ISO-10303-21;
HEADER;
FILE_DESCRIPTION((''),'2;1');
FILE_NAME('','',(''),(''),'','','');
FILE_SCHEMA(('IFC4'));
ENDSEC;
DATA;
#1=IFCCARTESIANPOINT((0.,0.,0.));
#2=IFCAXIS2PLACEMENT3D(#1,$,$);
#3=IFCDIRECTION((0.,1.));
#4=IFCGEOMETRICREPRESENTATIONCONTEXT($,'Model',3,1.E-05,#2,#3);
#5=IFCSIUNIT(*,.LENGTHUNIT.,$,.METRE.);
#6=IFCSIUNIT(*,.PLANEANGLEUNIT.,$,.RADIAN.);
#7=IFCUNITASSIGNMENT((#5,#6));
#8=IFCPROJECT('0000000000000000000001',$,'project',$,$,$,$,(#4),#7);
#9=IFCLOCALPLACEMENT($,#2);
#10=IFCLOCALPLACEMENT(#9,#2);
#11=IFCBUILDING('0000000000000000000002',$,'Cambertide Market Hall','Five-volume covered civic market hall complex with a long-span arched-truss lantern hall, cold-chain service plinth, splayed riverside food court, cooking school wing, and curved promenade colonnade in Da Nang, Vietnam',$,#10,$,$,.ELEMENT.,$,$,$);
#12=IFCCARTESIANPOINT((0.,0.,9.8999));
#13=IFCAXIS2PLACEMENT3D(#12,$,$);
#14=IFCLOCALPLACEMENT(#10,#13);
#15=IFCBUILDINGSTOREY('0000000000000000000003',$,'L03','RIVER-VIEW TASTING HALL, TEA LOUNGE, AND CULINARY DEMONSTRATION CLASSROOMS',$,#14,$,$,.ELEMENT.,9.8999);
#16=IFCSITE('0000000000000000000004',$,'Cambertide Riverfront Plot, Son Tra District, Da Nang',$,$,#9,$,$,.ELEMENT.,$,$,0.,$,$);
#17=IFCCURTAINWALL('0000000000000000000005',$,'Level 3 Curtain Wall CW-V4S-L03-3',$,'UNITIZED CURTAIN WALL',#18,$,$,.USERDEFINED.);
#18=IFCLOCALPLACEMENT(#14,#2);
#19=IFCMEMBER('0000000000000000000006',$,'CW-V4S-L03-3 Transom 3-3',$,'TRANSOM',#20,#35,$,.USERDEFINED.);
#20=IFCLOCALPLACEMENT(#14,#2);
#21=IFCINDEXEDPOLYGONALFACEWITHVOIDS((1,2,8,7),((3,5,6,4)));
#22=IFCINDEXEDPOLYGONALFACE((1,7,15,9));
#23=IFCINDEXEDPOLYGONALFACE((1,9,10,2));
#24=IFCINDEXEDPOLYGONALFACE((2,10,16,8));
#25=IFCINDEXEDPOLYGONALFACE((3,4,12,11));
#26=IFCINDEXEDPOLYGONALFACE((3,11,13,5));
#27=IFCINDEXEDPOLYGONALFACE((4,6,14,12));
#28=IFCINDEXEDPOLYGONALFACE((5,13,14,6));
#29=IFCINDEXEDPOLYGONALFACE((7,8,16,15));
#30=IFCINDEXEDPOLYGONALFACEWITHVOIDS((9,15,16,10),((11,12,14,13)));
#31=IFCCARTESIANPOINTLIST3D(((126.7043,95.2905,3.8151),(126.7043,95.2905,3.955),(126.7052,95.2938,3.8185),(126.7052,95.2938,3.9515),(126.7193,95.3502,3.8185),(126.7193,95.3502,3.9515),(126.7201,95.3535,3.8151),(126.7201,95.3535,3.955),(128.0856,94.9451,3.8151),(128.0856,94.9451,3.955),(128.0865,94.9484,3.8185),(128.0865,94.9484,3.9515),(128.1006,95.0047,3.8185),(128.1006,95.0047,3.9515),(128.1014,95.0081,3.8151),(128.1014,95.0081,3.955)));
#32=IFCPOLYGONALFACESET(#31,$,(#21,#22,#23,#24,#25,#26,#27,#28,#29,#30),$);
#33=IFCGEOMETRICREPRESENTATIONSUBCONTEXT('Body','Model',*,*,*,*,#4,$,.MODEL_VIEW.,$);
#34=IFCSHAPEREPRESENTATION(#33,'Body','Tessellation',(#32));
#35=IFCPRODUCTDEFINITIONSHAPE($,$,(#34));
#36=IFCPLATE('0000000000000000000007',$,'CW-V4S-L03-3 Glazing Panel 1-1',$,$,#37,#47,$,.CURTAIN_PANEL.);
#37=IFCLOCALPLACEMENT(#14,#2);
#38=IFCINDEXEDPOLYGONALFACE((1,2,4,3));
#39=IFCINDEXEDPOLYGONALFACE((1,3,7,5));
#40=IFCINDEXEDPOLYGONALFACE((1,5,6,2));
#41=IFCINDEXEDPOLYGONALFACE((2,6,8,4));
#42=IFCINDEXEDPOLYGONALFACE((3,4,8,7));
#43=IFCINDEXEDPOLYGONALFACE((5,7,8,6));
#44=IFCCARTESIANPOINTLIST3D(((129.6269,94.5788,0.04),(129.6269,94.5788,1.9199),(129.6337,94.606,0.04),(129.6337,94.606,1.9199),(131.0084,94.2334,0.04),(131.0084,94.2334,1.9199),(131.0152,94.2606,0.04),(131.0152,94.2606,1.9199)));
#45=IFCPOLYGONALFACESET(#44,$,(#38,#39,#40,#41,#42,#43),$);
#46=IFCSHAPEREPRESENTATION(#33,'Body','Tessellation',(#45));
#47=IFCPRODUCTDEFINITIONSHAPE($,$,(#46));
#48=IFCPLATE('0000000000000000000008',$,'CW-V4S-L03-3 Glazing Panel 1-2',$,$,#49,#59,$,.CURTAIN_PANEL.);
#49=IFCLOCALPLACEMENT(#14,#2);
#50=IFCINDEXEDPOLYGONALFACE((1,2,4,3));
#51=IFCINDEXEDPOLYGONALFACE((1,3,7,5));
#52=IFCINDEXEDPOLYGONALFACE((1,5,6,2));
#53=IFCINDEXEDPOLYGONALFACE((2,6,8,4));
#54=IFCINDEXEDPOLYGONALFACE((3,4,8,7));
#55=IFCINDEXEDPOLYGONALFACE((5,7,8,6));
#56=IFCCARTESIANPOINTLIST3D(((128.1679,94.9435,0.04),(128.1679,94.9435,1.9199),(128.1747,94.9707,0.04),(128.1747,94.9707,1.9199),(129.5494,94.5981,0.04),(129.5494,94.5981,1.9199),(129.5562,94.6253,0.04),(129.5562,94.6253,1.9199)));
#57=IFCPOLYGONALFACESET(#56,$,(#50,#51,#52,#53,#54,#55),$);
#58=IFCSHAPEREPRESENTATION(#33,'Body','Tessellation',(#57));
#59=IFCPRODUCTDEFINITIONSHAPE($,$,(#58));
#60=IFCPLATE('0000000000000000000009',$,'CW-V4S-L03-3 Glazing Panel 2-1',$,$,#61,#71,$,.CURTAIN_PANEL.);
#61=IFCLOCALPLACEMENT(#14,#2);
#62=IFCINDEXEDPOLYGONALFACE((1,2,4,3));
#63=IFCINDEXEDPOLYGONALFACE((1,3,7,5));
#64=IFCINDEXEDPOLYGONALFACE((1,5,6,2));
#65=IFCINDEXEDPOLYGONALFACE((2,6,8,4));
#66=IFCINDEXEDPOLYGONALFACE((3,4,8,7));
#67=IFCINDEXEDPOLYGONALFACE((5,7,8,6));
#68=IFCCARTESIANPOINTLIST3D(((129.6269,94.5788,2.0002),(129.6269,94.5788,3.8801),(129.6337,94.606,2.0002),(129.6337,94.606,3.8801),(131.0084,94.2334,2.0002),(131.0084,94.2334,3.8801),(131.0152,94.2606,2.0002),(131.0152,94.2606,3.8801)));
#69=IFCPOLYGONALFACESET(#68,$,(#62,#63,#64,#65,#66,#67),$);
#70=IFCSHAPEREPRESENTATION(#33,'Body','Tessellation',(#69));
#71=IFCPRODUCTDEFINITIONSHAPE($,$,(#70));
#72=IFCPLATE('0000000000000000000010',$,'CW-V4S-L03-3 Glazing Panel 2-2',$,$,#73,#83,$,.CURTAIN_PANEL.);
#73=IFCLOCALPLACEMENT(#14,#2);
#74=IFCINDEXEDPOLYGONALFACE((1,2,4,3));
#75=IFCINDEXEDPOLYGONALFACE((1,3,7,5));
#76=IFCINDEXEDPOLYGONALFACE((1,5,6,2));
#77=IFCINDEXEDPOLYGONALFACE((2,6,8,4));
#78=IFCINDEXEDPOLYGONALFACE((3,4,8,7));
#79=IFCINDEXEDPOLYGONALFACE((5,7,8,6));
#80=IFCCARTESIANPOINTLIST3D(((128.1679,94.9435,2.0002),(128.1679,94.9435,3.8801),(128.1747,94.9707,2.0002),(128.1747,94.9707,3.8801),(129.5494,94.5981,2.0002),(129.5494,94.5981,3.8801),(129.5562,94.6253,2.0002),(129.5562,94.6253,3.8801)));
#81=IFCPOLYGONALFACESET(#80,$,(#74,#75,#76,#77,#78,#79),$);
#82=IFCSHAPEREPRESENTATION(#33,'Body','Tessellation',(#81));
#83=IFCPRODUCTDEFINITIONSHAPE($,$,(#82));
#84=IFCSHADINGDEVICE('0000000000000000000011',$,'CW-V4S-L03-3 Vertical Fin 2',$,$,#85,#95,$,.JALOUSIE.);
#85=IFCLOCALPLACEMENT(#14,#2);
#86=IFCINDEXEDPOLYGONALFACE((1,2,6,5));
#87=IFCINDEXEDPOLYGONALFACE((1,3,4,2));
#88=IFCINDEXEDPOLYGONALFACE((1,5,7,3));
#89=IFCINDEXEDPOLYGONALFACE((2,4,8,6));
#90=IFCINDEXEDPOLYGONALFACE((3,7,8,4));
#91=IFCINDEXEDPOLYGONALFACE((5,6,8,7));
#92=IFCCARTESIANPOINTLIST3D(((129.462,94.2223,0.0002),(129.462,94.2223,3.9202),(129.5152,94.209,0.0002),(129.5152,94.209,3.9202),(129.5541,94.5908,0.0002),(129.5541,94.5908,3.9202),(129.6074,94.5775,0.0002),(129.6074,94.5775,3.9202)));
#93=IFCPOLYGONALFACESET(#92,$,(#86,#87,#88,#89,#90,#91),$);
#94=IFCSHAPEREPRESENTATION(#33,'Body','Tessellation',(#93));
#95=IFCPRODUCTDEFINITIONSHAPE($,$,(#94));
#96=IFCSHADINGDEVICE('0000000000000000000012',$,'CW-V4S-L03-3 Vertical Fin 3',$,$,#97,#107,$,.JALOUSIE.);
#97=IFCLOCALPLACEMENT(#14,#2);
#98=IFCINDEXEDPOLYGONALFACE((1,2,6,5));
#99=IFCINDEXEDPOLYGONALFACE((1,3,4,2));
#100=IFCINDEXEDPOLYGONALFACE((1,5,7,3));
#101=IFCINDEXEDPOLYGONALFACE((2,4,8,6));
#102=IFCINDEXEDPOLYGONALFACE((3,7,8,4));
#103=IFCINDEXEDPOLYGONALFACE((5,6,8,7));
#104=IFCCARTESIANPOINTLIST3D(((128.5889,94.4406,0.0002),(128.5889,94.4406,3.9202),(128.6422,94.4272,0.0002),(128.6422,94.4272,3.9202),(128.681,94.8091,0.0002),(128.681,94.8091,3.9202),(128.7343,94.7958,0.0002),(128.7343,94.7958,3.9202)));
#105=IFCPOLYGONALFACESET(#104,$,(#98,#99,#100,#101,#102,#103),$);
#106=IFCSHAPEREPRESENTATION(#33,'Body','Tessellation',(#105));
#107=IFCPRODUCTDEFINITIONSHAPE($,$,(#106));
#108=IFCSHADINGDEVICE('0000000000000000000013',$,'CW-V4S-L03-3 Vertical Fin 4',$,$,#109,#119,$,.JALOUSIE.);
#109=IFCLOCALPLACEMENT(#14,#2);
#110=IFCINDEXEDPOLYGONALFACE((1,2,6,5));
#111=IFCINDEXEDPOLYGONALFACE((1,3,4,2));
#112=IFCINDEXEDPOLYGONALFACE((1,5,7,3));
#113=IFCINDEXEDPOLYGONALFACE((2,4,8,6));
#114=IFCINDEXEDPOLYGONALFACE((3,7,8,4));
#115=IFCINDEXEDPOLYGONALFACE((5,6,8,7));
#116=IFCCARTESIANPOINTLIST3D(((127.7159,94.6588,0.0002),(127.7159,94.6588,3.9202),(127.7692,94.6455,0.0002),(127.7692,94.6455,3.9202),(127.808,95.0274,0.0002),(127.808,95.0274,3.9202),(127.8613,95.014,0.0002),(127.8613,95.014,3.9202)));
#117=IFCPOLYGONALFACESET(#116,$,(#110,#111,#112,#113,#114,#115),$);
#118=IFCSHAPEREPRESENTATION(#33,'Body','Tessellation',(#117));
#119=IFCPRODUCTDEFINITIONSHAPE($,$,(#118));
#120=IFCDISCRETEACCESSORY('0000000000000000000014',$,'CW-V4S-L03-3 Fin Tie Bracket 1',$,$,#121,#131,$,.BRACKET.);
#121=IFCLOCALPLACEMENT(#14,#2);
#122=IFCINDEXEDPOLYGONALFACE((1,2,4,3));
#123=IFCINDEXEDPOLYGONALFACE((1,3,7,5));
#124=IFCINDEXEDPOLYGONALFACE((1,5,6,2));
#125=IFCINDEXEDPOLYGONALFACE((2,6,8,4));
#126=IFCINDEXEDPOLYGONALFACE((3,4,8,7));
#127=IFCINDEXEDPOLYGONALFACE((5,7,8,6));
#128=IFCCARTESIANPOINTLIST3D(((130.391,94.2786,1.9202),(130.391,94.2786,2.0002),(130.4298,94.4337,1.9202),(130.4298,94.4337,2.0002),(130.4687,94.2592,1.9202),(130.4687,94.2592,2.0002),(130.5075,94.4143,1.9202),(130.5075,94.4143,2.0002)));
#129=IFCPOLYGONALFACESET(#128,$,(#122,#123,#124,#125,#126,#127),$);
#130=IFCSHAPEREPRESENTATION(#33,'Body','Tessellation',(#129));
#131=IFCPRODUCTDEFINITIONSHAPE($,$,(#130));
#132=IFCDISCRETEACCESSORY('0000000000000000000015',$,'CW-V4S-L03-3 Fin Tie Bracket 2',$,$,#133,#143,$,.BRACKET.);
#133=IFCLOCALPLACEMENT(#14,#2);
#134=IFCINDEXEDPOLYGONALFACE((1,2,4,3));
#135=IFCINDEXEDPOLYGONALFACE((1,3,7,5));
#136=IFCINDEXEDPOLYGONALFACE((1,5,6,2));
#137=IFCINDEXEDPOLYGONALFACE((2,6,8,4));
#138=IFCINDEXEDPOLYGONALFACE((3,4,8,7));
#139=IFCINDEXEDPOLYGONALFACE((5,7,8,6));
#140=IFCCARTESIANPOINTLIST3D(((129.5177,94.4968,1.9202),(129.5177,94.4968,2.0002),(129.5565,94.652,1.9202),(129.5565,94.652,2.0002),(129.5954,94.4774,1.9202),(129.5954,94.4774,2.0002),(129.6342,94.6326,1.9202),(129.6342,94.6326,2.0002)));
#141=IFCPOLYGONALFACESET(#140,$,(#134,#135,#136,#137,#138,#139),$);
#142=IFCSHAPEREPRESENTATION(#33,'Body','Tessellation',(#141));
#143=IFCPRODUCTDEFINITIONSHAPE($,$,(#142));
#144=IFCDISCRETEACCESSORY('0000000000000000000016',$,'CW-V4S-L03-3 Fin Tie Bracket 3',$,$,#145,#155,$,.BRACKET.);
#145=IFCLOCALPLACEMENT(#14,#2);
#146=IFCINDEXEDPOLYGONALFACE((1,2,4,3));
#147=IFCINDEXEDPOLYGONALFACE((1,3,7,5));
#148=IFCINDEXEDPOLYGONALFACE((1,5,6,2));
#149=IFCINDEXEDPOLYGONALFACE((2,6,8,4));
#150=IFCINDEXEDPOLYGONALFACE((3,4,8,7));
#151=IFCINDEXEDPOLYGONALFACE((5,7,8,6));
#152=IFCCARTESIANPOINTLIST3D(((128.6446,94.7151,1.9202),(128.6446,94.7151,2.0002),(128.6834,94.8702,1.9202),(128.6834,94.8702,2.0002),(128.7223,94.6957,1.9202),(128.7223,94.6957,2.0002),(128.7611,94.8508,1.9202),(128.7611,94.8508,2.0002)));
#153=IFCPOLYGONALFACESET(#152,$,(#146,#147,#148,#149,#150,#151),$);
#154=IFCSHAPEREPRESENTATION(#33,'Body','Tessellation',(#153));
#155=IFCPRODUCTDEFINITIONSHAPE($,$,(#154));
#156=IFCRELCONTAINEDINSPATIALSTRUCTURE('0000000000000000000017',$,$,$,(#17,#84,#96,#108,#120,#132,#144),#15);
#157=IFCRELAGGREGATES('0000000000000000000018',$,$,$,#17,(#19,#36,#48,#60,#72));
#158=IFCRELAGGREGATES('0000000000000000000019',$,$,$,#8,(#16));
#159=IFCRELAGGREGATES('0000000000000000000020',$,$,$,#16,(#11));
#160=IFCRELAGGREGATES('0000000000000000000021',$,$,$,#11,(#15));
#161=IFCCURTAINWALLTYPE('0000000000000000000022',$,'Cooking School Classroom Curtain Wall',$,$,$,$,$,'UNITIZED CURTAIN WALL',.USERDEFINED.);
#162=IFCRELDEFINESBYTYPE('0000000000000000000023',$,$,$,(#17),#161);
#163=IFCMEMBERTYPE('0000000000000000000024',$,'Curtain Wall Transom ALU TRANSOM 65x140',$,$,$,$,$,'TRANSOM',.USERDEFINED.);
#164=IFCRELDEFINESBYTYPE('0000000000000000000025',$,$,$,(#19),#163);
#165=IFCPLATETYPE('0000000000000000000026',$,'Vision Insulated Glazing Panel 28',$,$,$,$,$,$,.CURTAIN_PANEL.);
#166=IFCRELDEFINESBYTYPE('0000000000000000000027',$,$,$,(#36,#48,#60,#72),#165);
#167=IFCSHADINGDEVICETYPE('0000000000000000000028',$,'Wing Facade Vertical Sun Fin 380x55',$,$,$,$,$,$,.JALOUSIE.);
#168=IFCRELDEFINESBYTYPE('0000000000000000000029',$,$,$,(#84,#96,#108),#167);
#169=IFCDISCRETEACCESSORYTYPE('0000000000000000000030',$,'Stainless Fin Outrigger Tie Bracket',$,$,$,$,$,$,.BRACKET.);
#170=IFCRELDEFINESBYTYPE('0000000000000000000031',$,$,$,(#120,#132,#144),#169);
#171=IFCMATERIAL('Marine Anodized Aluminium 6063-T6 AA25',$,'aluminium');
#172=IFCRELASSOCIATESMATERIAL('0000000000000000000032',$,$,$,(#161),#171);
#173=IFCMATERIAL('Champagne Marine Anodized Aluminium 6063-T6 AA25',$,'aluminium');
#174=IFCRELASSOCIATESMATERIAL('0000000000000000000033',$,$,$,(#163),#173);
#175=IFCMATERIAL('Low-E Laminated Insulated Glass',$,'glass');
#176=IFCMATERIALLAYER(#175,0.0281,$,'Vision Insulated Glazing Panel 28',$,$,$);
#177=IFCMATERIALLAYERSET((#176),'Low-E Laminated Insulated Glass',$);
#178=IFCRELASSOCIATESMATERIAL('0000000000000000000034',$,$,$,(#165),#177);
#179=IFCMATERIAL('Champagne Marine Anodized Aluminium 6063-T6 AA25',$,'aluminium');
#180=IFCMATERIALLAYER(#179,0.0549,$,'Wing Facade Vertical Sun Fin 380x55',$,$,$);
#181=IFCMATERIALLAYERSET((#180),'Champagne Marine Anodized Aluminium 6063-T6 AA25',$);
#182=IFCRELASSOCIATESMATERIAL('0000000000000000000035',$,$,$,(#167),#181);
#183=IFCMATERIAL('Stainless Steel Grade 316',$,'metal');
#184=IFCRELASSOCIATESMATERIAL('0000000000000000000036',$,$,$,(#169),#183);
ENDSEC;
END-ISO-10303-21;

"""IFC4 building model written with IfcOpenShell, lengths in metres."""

from ifc_helpers import new_model, si_unit, direction, frame, origin, origin_2d, place, context, subcontext, project, spatial, rectangle, hollow_rectangle, extrude, material, layer, layer_set, material_profile, profile_set, type_object, element, aggregate, save


model = new_model("IFC4")

# Units and contexts
model_context = context("Model", 3, precision=1e-05, world=origin(), true_north=direction((0.0, 1.0)))
body_context = subcontext(model_context, "Body", "Model", "MODEL_VIEW")
ifc_project = project(units=[si_unit("LENGTHUNIT", "METRE"), si_unit("PLANEANGLEUNIT", "RADIAN")], contexts=[model_context])

# Site, building, storey
site_placement = place(None, origin())
site = spatial("IfcSite", under=ifc_project, at=site_placement, Name="Cambertide Riverfront Plot, Son Tra District, Da Nang", CompositionType="ELEMENT", RefElevation=0.0)
building_placement = place(site_placement, origin())
building = spatial("IfcBuilding", under=site, at=building_placement, Name="Cambertide Market Hall", Description="Five-volume covered civic market hall complex with a long-span arched-truss lantern hall, cold-chain service plinth, splayed riverside food court, cooking school wing, and curved promenade colonnade in Da Nang, Vietnam", CompositionType="ELEMENT")
storey_placement = place(building_placement, frame((0.0, 0.0, 9.8999)))
storey = spatial("IfcBuildingStorey", under=building, at=storey_placement, Name="L03", Description="RIVER-VIEW TASTING HALL, TEA LOUNGE, AND CULINARY DEMONSTRATION CLASSROOMS", CompositionType="ELEMENT", Elevation=9.8999)

# Curtain wall, member, plates
ifc_material_1 = material(Name="Marine Anodized Aluminium 6063-T6 AA25", Category="aluminium")
curtain_wall_type = type_object("IfcCurtainWallType", Name="Cooking School Classroom Curtain Wall", ElementType="UNITIZED CURTAIN WALL", PredefinedType="USERDEFINED", material=ifc_material_1)
curtain_wall_placement = place(storey_placement, origin())
curtain_wall = element("IfcCurtainWall", 1, at=curtain_wall_placement, inside=storey, type_object=curtain_wall_type, Name="Level 3 Curtain Wall CW-V4S-L03-3", ObjectType="UNITIZED CURTAIN WALL", PredefinedType="USERDEFINED")
ifc_material_2 = material(Name="Champagne Marine Anodized Aluminium 6063-T6 AA25", Category="aluminium")
ifc_material_profile_1 = material_profile(ifc_material_2, hollow_rectangle(XDim=0.0649, YDim=0.1399, WallThickness=0.0034, at=origin_2d()), Name="ALU TRANSOM 65x140")
ifc_profile_set_1 = profile_set([ifc_material_profile_1], Name="Champagne Marine Anodized Aluminium 6063-T6 AA25")
member_type_1 = type_object("IfcMemberType", Name="Curtain Wall Transom ALU TRANSOM 65x140", ElementType="TRANSOM", PredefinedType="USERDEFINED", material=ifc_profile_set_1)
member_1_placement = place(storey_placement, frame((128.0935, 94.9766, 3.885), z_axis=(-0.970122, 0.242616, 0.0), x_axis=(-0.242616, -0.970122, 0.0)))
member_1 = element("IfcMember", 2, at=member_1_placement, type_object=member_type_1, Name="CW-V4S-L03-3 Transom 3-3", ObjectType="TRANSOM", PredefinedType="USERDEFINED", context=body_context, shape_type="SweptSolid", body=[
    extrude(hollow_rectangle(XDim=0.0649, YDim=0.1399, WallThickness=0.0034, at=origin_2d()), origin(), (0.0, 0.0, 1.0), 1.4238),
])
ifc_material_3 = material(Name="Low-E Laminated Insulated Glass", Category="glass")
ifc_layer_1 = layer(ifc_material_3, 0.0281, Name="Vision Insulated Glazing Panel 28")
ifc_layer_set_1 = layer_set([ifc_layer_1], Name="Low-E Laminated Insulated Glass")
plate_type = type_object("IfcPlateType", Name="Vision Insulated Glazing Panel 28", PredefinedType="CURTAIN_PANEL", material=ifc_layer_set_1)
plate_1_placement = place(storey_placement, frame((130.321, 94.4197, 0.04), z_axis=(0.0, 0.0, 1.0), x_axis=(-0.970143, 0.242535, 0.0)))
plate_1 = element("IfcPlate", 3, at=plate_1_placement, type_object=plate_type, Name="CW-V4S-L03-3 Glazing Panel 1-1", PredefinedType="CURTAIN_PANEL", context=body_context, shape_type="SweptSolid", body=[
    extrude(rectangle(XDim=1.4241, YDim=0.0281, at=origin_2d()), origin(), (0.0, 0.0, 1.0), 1.8799),
])
plate_2_placement = place(storey_placement, frame((128.8621, 94.7844, 0.04), z_axis=(0.0, 0.0, 1.0), x_axis=(-0.970143, 0.242535, 0.0)))
plate_2 = element("IfcPlate", 4, at=plate_2_placement, type_object=plate_type, Name="CW-V4S-L03-3 Glazing Panel 1-2", PredefinedType="CURTAIN_PANEL", context=body_context, shape_type="SweptSolid", body=[
    extrude(rectangle(XDim=1.4241, YDim=0.0281, at=origin_2d()), origin(), (0.0, 0.0, 1.0), 1.8799),
])
plate_3_placement = place(storey_placement, frame((130.321, 94.4197, 2.0002), z_axis=(0.0, 0.0, 1.0), x_axis=(-0.970143, 0.242535, 0.0)))
plate_3 = element("IfcPlate", 5, at=plate_3_placement, type_object=plate_type, Name="CW-V4S-L03-3 Glazing Panel 2-1", PredefinedType="CURTAIN_PANEL", context=body_context, shape_type="SweptSolid", body=[
    extrude(rectangle(XDim=1.4241, YDim=0.0281, at=origin_2d()), origin(), (0.0, 0.0, 1.0), 1.8799),
])
plate_4_placement = place(storey_placement, frame((128.8621, 94.7844, 2.0002), z_axis=(0.0, 0.0, 1.0), x_axis=(-0.970143, 0.242535, 0.0)))
plate_4 = element("IfcPlate", 6, at=plate_4_placement, type_object=plate_type, Name="CW-V4S-L03-3 Glazing Panel 2-2", PredefinedType="CURTAIN_PANEL", context=body_context, shape_type="SweptSolid", body=[
    extrude(rectangle(XDim=1.4241, YDim=0.0281, at=origin_2d()), origin(), (0.0, 0.0, 1.0), 1.8799),
])
aggregate(curtain_wall, [member_1, plate_1, plate_2, plate_3, plate_4])

# Shading devices
ifc_material_4 = material(Name="Champagne Marine Anodized Aluminium 6063-T6 AA25", Category="aluminium")
ifc_layer_2 = layer(ifc_material_4, 0.0549, Name="Wing Facade Vertical Sun Fin 380x55")
ifc_layer_set_2 = layer_set([ifc_layer_2], Name="Champagne Marine Anodized Aluminium 6063-T6 AA25")
shading_device_type = type_object("IfcShadingDeviceType", Name="Wing Facade Vertical Sun Fin 380x55", PredefinedType="JALOUSIE", material=ifc_layer_set_2)
for number, where, z_axis, x_axis, name in (
    (7, (129.5347, 94.3999, 0.0002), (0.0, 0.0, 1.0), (-0.970143, 0.242535, 0.0), "CW-V4S-L03-3 Vertical Fin 2"),
    (8, (128.6616, 94.6182, 0.0002), (0.0, 0.0, 1.0), (-0.970143, 0.242535, 0.0), "CW-V4S-L03-3 Vertical Fin 3"),
    (9, (127.7886, 94.8364, 0.0002), (0.0, 0.0, 1.0), (-0.970143, 0.242535, 0.0), "CW-V4S-L03-3 Vertical Fin 4"),
):
    element("IfcShadingDevice", number, at=place(storey_placement, frame(where, z_axis=z_axis, x_axis=x_axis)), inside=storey, type_object=shading_device_type, Name=name, PredefinedType="JALOUSIE", context=body_context, shape_type="SweptSolid", body=[
        extrude(rectangle(XDim=0.0549, YDim=0.3799, at=origin_2d()), origin(), (0.0, 0.0, 1.0), 3.9199),
    ])

# Discrete accessories
ifc_material_5 = material(Name="Stainless Steel Grade 316", Category="metal")
discrete_accessory_type = type_object("IfcDiscreteAccessoryType", Name="Stainless Fin Outrigger Tie Bracket", PredefinedType="BRACKET", material=ifc_material_5)
for number, where, z_axis, x_axis, name in (
    (10, (130.4492, 94.3464, 1.9202), (0.0, 0.0, 1.0), (-0.970143, 0.242535, 0.0), "CW-V4S-L03-3 Fin Tie Bracket 1"),
    (11, (129.5759, 94.5647, 1.9202), (0.0, 0.0, 1.0), (-0.970143, 0.242535, 0.0), "CW-V4S-L03-3 Fin Tie Bracket 2"),
    (12, (128.7029, 94.783, 1.9202), (0.0, 0.0, 1.0), (-0.970143, 0.242535, 0.0), "CW-V4S-L03-3 Fin Tie Bracket 3"),
):
    element("IfcDiscreteAccessory", number, at=place(storey_placement, frame(where, z_axis=z_axis, x_axis=x_axis)), inside=storey, type_object=discrete_accessory_type, Name=name, PredefinedType="BRACKET", context=body_context, shape_type="SweptSolid", body=[
        extrude(rectangle(XDim=0.0801, YDim=0.1599, at=origin_2d()), origin(), (0.0, 0.0, 1.0), 0.0801),
    ])

save(model, "model.ifc")
